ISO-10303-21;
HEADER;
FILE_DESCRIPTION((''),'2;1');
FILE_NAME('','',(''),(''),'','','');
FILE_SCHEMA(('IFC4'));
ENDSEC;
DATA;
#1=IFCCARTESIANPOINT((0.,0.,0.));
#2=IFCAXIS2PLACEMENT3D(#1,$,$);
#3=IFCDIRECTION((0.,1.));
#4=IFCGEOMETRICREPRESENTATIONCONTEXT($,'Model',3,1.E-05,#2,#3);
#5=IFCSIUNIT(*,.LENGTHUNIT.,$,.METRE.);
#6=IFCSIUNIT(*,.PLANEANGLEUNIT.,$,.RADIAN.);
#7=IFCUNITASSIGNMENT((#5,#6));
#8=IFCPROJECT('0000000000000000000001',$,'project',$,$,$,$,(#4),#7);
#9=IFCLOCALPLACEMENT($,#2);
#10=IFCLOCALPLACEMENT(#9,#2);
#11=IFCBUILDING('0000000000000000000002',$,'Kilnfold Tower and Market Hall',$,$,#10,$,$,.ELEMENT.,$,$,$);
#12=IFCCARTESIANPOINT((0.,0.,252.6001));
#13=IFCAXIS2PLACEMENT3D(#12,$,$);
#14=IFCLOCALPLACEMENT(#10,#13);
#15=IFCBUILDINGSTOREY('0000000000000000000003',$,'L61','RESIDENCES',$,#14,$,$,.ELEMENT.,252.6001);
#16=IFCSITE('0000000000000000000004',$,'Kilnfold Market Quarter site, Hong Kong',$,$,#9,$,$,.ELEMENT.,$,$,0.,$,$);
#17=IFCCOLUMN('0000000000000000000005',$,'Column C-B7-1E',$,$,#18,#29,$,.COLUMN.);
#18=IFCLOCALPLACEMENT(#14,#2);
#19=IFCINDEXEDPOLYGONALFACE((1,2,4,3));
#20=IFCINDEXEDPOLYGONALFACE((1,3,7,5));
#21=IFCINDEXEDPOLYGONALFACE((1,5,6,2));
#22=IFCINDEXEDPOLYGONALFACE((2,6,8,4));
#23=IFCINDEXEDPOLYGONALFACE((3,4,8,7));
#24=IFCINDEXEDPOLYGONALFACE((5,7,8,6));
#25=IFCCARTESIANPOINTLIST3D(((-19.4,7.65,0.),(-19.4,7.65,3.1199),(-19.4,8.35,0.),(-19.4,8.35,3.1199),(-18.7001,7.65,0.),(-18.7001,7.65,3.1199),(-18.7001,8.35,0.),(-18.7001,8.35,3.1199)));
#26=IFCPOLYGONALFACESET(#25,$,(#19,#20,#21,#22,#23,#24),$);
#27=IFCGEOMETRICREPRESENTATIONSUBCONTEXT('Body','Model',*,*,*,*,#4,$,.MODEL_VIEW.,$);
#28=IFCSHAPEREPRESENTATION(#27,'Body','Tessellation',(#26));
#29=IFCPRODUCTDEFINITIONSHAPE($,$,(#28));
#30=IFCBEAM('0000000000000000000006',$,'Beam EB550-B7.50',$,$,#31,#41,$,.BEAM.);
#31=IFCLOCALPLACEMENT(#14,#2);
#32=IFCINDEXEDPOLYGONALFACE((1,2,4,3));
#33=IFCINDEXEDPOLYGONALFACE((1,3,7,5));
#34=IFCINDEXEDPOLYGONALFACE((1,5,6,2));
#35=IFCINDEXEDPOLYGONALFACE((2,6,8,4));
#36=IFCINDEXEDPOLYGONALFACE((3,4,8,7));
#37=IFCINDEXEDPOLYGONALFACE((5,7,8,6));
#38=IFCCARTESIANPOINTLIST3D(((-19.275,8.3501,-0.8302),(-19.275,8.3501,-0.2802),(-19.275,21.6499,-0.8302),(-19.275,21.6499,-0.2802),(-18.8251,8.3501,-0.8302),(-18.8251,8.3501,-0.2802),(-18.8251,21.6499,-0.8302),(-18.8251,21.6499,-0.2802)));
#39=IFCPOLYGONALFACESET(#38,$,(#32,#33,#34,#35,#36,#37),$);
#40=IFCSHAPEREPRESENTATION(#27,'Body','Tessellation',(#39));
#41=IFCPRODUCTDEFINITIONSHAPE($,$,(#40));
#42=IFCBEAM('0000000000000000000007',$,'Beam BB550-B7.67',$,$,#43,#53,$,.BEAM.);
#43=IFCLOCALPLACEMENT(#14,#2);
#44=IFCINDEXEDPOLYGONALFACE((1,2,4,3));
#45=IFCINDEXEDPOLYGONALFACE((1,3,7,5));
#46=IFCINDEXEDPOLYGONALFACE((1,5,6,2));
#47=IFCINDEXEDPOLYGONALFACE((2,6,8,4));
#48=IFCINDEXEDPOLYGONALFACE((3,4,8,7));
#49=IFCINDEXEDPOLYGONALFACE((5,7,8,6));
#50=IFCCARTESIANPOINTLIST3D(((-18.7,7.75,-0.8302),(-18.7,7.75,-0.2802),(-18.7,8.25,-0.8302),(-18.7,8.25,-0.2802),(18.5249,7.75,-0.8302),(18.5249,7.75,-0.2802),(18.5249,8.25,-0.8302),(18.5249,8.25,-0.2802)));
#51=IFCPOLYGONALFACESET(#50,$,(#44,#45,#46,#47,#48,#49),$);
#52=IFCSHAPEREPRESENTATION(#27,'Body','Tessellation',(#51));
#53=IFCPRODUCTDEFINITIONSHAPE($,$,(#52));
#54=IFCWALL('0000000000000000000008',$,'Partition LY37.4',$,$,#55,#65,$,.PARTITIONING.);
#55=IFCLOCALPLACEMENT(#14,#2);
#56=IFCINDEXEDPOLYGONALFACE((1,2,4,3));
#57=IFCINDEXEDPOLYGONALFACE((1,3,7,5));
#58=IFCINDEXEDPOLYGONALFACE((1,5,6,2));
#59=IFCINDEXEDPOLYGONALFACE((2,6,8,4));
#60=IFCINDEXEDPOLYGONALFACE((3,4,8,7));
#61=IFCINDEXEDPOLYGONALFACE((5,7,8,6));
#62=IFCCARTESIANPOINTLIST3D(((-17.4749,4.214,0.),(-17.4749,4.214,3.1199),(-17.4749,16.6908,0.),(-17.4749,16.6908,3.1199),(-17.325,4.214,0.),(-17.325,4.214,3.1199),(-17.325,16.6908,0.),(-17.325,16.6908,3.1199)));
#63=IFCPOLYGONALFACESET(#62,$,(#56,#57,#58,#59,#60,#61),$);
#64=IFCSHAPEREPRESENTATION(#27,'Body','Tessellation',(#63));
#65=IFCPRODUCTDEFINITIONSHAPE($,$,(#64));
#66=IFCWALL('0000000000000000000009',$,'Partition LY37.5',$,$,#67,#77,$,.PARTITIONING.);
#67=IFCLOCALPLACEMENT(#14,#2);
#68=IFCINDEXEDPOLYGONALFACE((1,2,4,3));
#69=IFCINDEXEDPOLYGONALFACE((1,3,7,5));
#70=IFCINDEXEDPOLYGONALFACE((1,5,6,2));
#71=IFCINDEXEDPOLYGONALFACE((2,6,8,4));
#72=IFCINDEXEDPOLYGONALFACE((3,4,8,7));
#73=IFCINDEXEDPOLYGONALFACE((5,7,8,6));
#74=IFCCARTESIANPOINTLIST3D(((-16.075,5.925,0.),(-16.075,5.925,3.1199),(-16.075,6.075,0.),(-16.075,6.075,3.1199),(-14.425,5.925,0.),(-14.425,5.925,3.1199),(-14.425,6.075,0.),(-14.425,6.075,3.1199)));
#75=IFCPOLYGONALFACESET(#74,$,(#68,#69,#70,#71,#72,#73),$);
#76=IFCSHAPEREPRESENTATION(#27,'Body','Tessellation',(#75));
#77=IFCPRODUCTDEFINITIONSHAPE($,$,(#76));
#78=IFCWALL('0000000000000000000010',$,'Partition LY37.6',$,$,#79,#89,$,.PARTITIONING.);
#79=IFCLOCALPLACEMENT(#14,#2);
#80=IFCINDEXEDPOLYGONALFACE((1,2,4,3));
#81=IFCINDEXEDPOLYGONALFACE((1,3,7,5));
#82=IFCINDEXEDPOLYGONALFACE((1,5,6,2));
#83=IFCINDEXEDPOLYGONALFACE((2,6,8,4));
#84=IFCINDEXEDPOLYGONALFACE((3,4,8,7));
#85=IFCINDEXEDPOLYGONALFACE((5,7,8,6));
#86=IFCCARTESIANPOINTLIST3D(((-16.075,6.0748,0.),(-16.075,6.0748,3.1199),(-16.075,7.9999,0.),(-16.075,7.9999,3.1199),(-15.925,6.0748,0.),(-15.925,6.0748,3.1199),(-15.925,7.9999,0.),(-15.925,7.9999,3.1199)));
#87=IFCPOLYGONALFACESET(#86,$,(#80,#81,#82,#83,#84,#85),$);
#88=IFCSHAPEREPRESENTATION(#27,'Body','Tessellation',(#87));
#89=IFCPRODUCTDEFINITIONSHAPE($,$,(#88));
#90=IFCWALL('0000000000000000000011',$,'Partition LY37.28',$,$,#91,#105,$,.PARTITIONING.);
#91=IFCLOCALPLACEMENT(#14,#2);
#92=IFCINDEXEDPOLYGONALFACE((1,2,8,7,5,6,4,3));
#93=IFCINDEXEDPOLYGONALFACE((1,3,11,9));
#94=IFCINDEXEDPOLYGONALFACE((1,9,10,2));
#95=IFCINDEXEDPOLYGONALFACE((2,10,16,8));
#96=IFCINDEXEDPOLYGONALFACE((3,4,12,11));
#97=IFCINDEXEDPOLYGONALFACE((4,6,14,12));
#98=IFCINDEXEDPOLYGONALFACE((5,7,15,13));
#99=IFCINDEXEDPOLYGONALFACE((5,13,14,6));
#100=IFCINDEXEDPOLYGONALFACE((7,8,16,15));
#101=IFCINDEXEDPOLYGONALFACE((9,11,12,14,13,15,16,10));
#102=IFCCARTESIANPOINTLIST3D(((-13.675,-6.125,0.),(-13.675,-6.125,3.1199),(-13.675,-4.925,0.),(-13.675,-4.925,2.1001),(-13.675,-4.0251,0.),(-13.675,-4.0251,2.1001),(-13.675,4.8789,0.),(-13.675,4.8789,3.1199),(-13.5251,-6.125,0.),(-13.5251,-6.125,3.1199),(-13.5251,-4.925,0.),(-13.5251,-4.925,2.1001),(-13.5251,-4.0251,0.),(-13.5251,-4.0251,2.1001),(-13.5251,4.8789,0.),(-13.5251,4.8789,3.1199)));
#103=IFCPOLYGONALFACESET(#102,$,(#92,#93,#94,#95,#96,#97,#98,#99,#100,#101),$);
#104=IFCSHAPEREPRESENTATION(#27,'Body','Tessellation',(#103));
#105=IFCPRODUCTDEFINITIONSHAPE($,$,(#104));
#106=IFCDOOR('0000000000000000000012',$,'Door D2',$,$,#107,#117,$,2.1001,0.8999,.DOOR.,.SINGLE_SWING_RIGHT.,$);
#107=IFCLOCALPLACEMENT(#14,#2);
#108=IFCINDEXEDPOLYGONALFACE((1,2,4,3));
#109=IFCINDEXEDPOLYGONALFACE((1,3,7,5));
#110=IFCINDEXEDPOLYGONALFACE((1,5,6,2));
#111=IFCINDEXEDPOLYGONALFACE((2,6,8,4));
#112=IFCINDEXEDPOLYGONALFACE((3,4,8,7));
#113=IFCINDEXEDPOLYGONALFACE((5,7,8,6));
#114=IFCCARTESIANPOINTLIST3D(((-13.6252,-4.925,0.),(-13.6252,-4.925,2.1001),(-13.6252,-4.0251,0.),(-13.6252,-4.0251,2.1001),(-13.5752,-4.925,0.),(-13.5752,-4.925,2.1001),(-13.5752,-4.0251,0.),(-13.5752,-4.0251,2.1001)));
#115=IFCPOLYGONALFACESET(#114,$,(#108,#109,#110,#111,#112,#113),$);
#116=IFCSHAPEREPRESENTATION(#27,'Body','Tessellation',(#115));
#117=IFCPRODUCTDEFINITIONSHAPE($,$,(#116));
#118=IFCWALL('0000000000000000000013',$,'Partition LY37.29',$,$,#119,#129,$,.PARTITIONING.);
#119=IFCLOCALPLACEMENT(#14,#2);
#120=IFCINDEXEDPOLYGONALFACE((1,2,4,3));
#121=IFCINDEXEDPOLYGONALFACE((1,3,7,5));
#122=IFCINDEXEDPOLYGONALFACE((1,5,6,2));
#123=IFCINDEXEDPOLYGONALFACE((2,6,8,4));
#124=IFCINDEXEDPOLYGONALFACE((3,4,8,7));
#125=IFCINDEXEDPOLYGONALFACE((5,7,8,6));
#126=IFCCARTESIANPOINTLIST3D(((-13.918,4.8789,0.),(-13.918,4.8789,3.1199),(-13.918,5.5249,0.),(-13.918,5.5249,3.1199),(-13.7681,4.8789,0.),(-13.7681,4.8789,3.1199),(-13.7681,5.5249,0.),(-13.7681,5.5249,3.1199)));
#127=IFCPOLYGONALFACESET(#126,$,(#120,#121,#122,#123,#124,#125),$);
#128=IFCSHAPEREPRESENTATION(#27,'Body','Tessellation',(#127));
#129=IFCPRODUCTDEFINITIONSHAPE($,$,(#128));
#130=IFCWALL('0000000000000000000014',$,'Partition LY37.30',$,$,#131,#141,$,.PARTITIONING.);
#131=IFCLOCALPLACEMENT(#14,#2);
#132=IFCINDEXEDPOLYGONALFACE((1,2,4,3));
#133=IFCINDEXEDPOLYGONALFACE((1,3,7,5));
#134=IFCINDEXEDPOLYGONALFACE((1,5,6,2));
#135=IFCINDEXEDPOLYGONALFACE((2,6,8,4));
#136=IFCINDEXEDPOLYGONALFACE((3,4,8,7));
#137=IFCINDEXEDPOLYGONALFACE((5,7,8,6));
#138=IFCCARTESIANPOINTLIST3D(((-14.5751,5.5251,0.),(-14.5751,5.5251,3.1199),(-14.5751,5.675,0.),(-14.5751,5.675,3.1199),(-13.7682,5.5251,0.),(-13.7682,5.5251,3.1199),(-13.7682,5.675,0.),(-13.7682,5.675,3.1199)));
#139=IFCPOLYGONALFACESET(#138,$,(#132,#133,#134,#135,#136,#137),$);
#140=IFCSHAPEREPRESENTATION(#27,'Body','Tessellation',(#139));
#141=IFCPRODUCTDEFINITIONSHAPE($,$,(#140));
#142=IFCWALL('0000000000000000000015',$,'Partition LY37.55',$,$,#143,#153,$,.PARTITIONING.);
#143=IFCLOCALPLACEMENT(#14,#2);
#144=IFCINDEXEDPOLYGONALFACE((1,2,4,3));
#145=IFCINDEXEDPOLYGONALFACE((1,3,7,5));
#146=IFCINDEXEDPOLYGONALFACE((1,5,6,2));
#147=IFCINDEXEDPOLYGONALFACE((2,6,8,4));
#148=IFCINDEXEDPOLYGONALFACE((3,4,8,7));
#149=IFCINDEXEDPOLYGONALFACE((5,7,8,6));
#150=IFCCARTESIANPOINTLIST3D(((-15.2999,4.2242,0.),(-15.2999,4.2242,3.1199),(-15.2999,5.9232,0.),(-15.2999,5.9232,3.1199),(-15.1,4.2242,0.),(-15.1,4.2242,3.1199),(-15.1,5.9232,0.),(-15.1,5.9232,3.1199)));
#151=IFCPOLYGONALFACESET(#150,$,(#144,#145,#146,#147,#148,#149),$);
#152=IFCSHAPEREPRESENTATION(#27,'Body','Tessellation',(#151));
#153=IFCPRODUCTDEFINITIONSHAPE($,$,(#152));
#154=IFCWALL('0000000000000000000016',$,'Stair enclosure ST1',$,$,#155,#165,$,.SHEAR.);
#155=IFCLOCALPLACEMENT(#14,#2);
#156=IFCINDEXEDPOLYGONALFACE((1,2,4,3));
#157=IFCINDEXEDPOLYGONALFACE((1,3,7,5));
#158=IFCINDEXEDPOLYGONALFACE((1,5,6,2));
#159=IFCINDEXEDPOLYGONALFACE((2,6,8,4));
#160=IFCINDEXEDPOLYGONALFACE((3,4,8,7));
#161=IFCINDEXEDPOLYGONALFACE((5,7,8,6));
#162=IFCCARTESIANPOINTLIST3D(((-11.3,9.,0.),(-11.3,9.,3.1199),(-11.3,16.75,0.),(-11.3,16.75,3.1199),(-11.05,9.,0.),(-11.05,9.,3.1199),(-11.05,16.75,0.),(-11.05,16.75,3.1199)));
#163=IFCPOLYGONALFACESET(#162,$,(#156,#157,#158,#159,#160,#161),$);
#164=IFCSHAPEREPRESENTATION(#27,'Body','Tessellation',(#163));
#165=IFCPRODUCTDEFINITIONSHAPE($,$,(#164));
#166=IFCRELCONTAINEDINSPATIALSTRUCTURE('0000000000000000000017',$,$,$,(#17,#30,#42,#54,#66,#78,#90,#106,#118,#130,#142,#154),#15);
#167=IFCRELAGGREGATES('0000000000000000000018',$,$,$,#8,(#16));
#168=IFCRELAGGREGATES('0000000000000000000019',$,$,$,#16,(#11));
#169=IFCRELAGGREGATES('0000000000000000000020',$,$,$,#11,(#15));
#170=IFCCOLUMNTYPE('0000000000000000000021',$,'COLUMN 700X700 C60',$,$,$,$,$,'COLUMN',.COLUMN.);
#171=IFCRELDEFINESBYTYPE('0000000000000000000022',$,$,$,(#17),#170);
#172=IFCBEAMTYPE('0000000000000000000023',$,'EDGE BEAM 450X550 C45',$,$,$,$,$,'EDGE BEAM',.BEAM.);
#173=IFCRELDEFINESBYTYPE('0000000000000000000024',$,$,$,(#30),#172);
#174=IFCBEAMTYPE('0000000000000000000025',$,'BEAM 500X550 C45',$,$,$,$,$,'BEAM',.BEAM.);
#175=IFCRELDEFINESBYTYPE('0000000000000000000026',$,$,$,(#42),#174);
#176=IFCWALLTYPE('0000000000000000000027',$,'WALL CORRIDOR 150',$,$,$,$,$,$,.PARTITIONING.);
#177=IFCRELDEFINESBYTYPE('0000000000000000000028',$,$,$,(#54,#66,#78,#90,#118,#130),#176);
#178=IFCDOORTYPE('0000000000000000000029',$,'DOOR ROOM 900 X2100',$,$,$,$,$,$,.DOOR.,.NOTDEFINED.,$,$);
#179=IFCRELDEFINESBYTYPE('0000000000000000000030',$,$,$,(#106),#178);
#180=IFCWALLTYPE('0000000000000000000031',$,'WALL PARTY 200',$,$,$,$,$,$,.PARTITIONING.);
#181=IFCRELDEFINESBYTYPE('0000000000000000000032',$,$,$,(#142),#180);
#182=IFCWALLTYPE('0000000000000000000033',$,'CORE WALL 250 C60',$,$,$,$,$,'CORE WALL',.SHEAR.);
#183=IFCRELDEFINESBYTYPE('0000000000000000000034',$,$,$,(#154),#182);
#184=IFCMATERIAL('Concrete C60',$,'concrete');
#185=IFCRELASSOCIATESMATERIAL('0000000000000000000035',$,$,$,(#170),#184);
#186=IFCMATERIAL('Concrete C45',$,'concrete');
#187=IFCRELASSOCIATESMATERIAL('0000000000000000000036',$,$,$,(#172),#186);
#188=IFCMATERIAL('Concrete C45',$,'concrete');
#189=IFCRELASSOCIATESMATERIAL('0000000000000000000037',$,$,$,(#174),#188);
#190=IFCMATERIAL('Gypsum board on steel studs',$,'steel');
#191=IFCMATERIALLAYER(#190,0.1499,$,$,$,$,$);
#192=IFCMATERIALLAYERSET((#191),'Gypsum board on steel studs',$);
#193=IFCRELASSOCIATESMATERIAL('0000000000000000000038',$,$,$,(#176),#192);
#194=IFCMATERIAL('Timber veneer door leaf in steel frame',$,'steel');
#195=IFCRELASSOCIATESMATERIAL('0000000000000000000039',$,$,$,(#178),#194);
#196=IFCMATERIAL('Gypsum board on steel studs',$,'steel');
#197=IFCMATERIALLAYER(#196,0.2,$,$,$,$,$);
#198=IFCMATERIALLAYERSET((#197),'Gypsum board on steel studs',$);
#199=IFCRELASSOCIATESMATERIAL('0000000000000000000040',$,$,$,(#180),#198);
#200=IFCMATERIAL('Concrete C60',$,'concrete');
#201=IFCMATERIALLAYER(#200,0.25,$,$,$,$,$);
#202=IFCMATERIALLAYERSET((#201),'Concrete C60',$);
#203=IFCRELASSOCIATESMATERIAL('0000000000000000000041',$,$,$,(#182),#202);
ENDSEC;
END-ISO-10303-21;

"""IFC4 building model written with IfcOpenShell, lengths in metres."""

from ifc_helpers import new_model, si_unit, direction, frame, frame_2d, origin, origin_2d, place, context, subcontext, project, spatial, rectangle, extrude, source, transform, mapped, material, layer, layer_set, material_profile, profile_set, type_object, element, fill, save


model = new_model("IFC4")

# Units and contexts
model_context = context("Model", 3, precision=1e-05, world=origin(), true_north=direction((0.0, 1.0)))
body_context = subcontext(model_context, "Body", "Model", "MODEL_VIEW")
ifc_project = project(units=[si_unit("LENGTHUNIT", "METRE"), si_unit("PLANEANGLEUNIT", "RADIAN")], contexts=[model_context])

# Site, building, storey
site_placement = place(None, origin())
site = spatial("IfcSite", under=ifc_project, at=site_placement, Name="Kilnfold Market Quarter site, Hong Kong", CompositionType="ELEMENT", RefElevation=0.0)
building_placement = place(site_placement, origin())
building = spatial("IfcBuilding", under=site, at=building_placement, Name="Kilnfold Tower and Market Hall", CompositionType="ELEMENT")
storey_placement = place(building_placement, frame((0.0, 0.0, 252.6001)))
storey = spatial("IfcBuildingStorey", under=building, at=storey_placement, Name="L61", Description="RESIDENCES", CompositionType="ELEMENT", Elevation=252.6001)

# Column
ifc_material_1 = material(Name="Concrete C60", Category="concrete")
ifc_material_profile_1 = material_profile(ifc_material_1, rectangle(XDim=0.7, YDim=0.7, at=origin_2d()), Name="RC 700x700")
ifc_profile_set_1 = profile_set([ifc_material_profile_1], Name="Concrete C60")
column_type = type_object("IfcColumnType", Name="COLUMN 700X700 C60", ElementType="COLUMN", PredefinedType="COLUMN", material=ifc_profile_set_1)
shared_shape_1 = source(origin(), body_context, "Body", "SweptSolid", [
    extrude(rectangle(XDim=0.7, YDim=0.7, at=origin_2d()), origin(), (0.0, 0.0, 1.0), 3.1199),
])
column_placement = place(storey_placement, frame((-19.05, 8.0, 0.0), z_axis=(0.0, 0.0, 1.0), x_axis=(1.0, 0.0, 0.0)))
element("IfcColumn", 1, at=column_placement, inside=storey, type_object=column_type, Name="Column C-B7-1E", PredefinedType="COLUMN", context=body_context, shape_type="MappedRepresentation", body=[
    mapped(shared_shape_1, transform((0.0, 0.0, 0.0))),
])

# Beams
ifc_material_2 = material(Name="Concrete C45", Category="concrete")
ifc_material_profile_2 = material_profile(ifc_material_2, rectangle(XDim=0.45, YDim=0.55, at=origin_2d()), Name="RC 450x550")
ifc_profile_set_2 = profile_set([ifc_material_profile_2], Name="Concrete C45")
beam_type_1 = type_object("IfcBeamType", Name="EDGE BEAM 450X550 C45", ElementType="EDGE BEAM", PredefinedType="BEAM", material=ifc_profile_set_2)
shared_shape_2 = source(origin(), body_context, "Body", "SweptSolid", [
    extrude(rectangle(XDim=0.45, YDim=0.55, at=origin_2d()), origin(), (0.0, 0.0, 1.0), 13.2998),
])
beam_1_placement = place(storey_placement, frame((-19.05, 8.3501, -0.5552), z_axis=(0.0, 1.0, 0.0), x_axis=(-1.0, 0.0, 0.0)))
element("IfcBeam", 2, at=beam_1_placement, inside=storey, type_object=beam_type_1, Name="Beam EB550-B7.50", PredefinedType="BEAM", context=body_context, shape_type="MappedRepresentation", body=[
    mapped(shared_shape_2, transform((0.0, 0.0, 0.0))),
])
ifc_material_3 = material(Name="Concrete C45", Category="concrete")
ifc_material_profile_3 = material_profile(ifc_material_3, rectangle(XDim=0.5, YDim=0.55, at=origin_2d()), Name="RC 500x550")
ifc_profile_set_3 = profile_set([ifc_material_profile_3], Name="Concrete C45")
beam_type_2 = type_object("IfcBeamType", Name="BEAM 500X550 C45", ElementType="BEAM", PredefinedType="BEAM", material=ifc_profile_set_3)
shared_shape_3 = source(origin(), body_context, "Body", "SweptSolid", [
    extrude(rectangle(XDim=0.5, YDim=0.55, at=origin_2d()), origin(), (0.0, 0.0, 1.0), 37.2249),
])
beam_2_placement = place(storey_placement, frame((-18.7, 8.0, -0.5552), z_axis=(1.0, 0.0, 0.0), x_axis=(0.0, 1.0, 0.0)))
element("IfcBeam", 3, at=beam_2_placement, inside=storey, type_object=beam_type_2, Name="Beam BB550-B7.67", PredefinedType="BEAM", context=body_context, shape_type="MappedRepresentation", body=[
    mapped(shared_shape_3, transform((0.0, 0.0, 0.0))),
])

# Walls
ifc_material_4 = material(Name="Gypsum board on steel studs", Category="steel")
ifc_layer_1 = layer(ifc_material_4, 0.1499)
ifc_layer_set_1 = layer_set([ifc_layer_1], Name="Gypsum board on steel studs")
wall_type_1 = type_object("IfcWallType", Name="WALL CORRIDOR 150", PredefinedType="PARTITIONING", material=ifc_layer_set_1)
wall_1_placement = place(storey_placement, frame((-17.3999, 4.2141, 0.0), z_axis=(0.0, 0.0, 1.0), x_axis=(0.0, 1.0, 0.0)))
element("IfcWall", 4, at=wall_1_placement, inside=storey, type_object=wall_type_1, Name="Partition LY37.4", PredefinedType="PARTITIONING", context=body_context, shape_type="SweptSolid", body=[
    extrude(rectangle(XDim=12.4768, YDim=0.1499, at=frame_2d((6.2383, 0.0))), origin(), (0.0, 0.0, 1.0), 3.1199),
])
wall_2_placement = place(storey_placement, frame((-16.075, 6.0, 0.0), z_axis=(0.0, 0.0, 1.0), x_axis=(1.0, 0.0, 0.0)))
element("IfcWall", 5, at=wall_2_placement, inside=storey, type_object=wall_type_1, Name="Partition LY37.5", PredefinedType="PARTITIONING", context=body_context, shape_type="SweptSolid", body=[
    extrude(rectangle(XDim=1.6499, YDim=0.1499, at=frame_2d((0.825, 0.0))), origin(), (0.0, 0.0, 1.0), 3.1199),
])
wall_3_placement = place(storey_placement, frame((-16.0, 6.075, 0.0), z_axis=(0.0, 0.0, 1.0), x_axis=(0.0, 1.0, 0.0)))
element("IfcWall", 6, at=wall_3_placement, inside=storey, type_object=wall_type_1, Name="Partition LY37.6", PredefinedType="PARTITIONING", context=body_context, shape_type="SweptSolid", body=[
    extrude(rectangle(XDim=1.925, YDim=0.1499, at=frame_2d((0.9624, 0.0))), origin(), (0.0, 0.0, 1.0), 3.1199),
])

# Wall, opening, door
wall_4_placement = place(storey_placement, frame((-13.6001, 4.8789, 0.0), z_axis=(0.0, 0.0, 1.0), x_axis=(0.0, -1.0, 0.0)))
wall_4 = element("IfcWall", 7, at=wall_4_placement, inside=storey, type_object=wall_type_1, Name="Partition LY37.28", PredefinedType="PARTITIONING", context=body_context, shape_type="SweptSolid", body=[
    extrude(rectangle(XDim=11.0039, YDim=0.1499, at=frame_2d((5.502, 0.0))), origin(), (0.0, 0.0, 1.0), 3.1199),
])
opening_1_placement = place(wall_4_placement, frame((8.9041, 0.0, 0.0)))
opening_1 = element("IfcOpeningElement", 8, at=opening_1_placement, cuts=wall_4, PredefinedType="OPENING", context=body_context, shape_type="SweptSolid", body=[
    extrude(rectangle(XDim=0.8999, YDim=2.1001, at=frame_2d((0.45, 1.05))), frame((0.0, 0.085, 0.0), z_axis=(0.0, -1.0, 0.0), x_axis=(1.0, 0.0, 0.0)), (0.0, 0.0, 1.0), 0.1699),
])
ifc_material_5 = material(Name="Timber veneer door leaf in steel frame", Category="steel")
door_type_1 = type_object("IfcDoorType", Name="DOOR ROOM 900 X2100", OperationType="NOTDEFINED", PredefinedType="DOOR", material=ifc_material_5)
door_1_placement = place(opening_1_placement, origin())
door_1 = element("IfcDoor", 9, at=door_1_placement, inside=storey, type_object=door_type_1, Name="Door D2", OperationType="SINGLE_SWING_RIGHT", OverallHeight=2.1001, OverallWidth=0.8999, PredefinedType="DOOR", context=body_context, shape_type="SweptSolid", body=[
    extrude(rectangle(XDim=0.8999, YDim=2.1001, at=frame_2d((0.45, 1.05))), frame((0.0, 0.0249, 0.0), z_axis=(0.0, -1.0, 0.0), x_axis=(1.0, 0.0, 0.0)), (0.0, 0.0, 1.0), 0.05),
])
fill(opening_1, door_1)

# Walls
wall_5_placement = place(storey_placement, frame((-13.843, 5.5249, 0.0), z_axis=(0.0, 0.0, 1.0), x_axis=(0.0, -1.0, 0.0)))
element("IfcWall", 10, at=wall_5_placement, inside=storey, type_object=wall_type_1, Name="Partition LY37.29", PredefinedType="PARTITIONING", context=body_context, shape_type="SweptSolid", body=[
    extrude(rectangle(XDim=0.646, YDim=0.1499, at=frame_2d((0.323, 0.0))), origin(), (0.0, 0.0, 1.0), 3.1199),
])
wall_6_placement = place(storey_placement, frame((-14.575, 5.6001, 0.0), z_axis=(0.0, 0.0, 1.0), x_axis=(1.0, 0.0, 0.0)))
element("IfcWall", 11, at=wall_6_placement, inside=storey, type_object=wall_type_1, Name="Partition LY37.30", PredefinedType="PARTITIONING", context=body_context, shape_type="SweptSolid", body=[
    extrude(rectangle(XDim=0.8069, YDim=0.1499, at=frame_2d((0.4033, 0.0))), origin(), (0.0, 0.0, 1.0), 3.1199),
])
ifc_material_6 = material(Name="Gypsum board on steel studs", Category="steel")
ifc_layer_2 = layer(ifc_material_6, 0.2)
ifc_layer_set_2 = layer_set([ifc_layer_2], Name="Gypsum board on steel studs")
wall_type_2 = type_object("IfcWallType", Name="WALL PARTY 200", PredefinedType="PARTITIONING", material=ifc_layer_set_2)
wall_7_placement = place(storey_placement, frame((-15.2, 4.2241, 0.0), z_axis=(0.0, 0.0, 1.0), x_axis=(0.0, 1.0, 0.0)))
element("IfcWall", 12, at=wall_7_placement, inside=storey, type_object=wall_type_2, Name="Partition LY37.55", PredefinedType="PARTITIONING", context=body_context, shape_type="SweptSolid", body=[
    extrude(rectangle(XDim=1.699, YDim=0.2, at=frame_2d((0.8496, 0.0))), origin(), (0.0, 0.0, 1.0), 3.1199),
])
ifc_material_7 = material(Name="Concrete C60", Category="concrete")
ifc_layer_3 = layer(ifc_material_7, 0.25)
ifc_layer_set_3 = layer_set([ifc_layer_3], Name="Concrete C60")
wall_type_3 = type_object("IfcWallType", Name="CORE WALL 250 C60", ElementType="CORE WALL", PredefinedType="SHEAR", material=ifc_layer_set_3)
shared_shape_4 = source(origin(), body_context, "Body", "SweptSolid", [
    extrude(rectangle(XDim=7.75, YDim=0.25, at=frame_2d((3.875, 0.0))), origin(), (0.0, 0.0, 1.0), 3.1199),
])
wall_8_placement = place(storey_placement, frame((-11.175, 9.0, 0.0), z_axis=(0.0, 0.0, 1.0), x_axis=(0.0, 1.0, 0.0)))
element("IfcWall", 13, at=wall_8_placement, inside=storey, type_object=wall_type_3, Name="Stair enclosure ST1", PredefinedType="SHEAR", context=body_context, shape_type="MappedRepresentation", body=[
    mapped(shared_shape_4, transform((0.0, 0.0, 0.0))),
])

save(model, "model.ifc")
